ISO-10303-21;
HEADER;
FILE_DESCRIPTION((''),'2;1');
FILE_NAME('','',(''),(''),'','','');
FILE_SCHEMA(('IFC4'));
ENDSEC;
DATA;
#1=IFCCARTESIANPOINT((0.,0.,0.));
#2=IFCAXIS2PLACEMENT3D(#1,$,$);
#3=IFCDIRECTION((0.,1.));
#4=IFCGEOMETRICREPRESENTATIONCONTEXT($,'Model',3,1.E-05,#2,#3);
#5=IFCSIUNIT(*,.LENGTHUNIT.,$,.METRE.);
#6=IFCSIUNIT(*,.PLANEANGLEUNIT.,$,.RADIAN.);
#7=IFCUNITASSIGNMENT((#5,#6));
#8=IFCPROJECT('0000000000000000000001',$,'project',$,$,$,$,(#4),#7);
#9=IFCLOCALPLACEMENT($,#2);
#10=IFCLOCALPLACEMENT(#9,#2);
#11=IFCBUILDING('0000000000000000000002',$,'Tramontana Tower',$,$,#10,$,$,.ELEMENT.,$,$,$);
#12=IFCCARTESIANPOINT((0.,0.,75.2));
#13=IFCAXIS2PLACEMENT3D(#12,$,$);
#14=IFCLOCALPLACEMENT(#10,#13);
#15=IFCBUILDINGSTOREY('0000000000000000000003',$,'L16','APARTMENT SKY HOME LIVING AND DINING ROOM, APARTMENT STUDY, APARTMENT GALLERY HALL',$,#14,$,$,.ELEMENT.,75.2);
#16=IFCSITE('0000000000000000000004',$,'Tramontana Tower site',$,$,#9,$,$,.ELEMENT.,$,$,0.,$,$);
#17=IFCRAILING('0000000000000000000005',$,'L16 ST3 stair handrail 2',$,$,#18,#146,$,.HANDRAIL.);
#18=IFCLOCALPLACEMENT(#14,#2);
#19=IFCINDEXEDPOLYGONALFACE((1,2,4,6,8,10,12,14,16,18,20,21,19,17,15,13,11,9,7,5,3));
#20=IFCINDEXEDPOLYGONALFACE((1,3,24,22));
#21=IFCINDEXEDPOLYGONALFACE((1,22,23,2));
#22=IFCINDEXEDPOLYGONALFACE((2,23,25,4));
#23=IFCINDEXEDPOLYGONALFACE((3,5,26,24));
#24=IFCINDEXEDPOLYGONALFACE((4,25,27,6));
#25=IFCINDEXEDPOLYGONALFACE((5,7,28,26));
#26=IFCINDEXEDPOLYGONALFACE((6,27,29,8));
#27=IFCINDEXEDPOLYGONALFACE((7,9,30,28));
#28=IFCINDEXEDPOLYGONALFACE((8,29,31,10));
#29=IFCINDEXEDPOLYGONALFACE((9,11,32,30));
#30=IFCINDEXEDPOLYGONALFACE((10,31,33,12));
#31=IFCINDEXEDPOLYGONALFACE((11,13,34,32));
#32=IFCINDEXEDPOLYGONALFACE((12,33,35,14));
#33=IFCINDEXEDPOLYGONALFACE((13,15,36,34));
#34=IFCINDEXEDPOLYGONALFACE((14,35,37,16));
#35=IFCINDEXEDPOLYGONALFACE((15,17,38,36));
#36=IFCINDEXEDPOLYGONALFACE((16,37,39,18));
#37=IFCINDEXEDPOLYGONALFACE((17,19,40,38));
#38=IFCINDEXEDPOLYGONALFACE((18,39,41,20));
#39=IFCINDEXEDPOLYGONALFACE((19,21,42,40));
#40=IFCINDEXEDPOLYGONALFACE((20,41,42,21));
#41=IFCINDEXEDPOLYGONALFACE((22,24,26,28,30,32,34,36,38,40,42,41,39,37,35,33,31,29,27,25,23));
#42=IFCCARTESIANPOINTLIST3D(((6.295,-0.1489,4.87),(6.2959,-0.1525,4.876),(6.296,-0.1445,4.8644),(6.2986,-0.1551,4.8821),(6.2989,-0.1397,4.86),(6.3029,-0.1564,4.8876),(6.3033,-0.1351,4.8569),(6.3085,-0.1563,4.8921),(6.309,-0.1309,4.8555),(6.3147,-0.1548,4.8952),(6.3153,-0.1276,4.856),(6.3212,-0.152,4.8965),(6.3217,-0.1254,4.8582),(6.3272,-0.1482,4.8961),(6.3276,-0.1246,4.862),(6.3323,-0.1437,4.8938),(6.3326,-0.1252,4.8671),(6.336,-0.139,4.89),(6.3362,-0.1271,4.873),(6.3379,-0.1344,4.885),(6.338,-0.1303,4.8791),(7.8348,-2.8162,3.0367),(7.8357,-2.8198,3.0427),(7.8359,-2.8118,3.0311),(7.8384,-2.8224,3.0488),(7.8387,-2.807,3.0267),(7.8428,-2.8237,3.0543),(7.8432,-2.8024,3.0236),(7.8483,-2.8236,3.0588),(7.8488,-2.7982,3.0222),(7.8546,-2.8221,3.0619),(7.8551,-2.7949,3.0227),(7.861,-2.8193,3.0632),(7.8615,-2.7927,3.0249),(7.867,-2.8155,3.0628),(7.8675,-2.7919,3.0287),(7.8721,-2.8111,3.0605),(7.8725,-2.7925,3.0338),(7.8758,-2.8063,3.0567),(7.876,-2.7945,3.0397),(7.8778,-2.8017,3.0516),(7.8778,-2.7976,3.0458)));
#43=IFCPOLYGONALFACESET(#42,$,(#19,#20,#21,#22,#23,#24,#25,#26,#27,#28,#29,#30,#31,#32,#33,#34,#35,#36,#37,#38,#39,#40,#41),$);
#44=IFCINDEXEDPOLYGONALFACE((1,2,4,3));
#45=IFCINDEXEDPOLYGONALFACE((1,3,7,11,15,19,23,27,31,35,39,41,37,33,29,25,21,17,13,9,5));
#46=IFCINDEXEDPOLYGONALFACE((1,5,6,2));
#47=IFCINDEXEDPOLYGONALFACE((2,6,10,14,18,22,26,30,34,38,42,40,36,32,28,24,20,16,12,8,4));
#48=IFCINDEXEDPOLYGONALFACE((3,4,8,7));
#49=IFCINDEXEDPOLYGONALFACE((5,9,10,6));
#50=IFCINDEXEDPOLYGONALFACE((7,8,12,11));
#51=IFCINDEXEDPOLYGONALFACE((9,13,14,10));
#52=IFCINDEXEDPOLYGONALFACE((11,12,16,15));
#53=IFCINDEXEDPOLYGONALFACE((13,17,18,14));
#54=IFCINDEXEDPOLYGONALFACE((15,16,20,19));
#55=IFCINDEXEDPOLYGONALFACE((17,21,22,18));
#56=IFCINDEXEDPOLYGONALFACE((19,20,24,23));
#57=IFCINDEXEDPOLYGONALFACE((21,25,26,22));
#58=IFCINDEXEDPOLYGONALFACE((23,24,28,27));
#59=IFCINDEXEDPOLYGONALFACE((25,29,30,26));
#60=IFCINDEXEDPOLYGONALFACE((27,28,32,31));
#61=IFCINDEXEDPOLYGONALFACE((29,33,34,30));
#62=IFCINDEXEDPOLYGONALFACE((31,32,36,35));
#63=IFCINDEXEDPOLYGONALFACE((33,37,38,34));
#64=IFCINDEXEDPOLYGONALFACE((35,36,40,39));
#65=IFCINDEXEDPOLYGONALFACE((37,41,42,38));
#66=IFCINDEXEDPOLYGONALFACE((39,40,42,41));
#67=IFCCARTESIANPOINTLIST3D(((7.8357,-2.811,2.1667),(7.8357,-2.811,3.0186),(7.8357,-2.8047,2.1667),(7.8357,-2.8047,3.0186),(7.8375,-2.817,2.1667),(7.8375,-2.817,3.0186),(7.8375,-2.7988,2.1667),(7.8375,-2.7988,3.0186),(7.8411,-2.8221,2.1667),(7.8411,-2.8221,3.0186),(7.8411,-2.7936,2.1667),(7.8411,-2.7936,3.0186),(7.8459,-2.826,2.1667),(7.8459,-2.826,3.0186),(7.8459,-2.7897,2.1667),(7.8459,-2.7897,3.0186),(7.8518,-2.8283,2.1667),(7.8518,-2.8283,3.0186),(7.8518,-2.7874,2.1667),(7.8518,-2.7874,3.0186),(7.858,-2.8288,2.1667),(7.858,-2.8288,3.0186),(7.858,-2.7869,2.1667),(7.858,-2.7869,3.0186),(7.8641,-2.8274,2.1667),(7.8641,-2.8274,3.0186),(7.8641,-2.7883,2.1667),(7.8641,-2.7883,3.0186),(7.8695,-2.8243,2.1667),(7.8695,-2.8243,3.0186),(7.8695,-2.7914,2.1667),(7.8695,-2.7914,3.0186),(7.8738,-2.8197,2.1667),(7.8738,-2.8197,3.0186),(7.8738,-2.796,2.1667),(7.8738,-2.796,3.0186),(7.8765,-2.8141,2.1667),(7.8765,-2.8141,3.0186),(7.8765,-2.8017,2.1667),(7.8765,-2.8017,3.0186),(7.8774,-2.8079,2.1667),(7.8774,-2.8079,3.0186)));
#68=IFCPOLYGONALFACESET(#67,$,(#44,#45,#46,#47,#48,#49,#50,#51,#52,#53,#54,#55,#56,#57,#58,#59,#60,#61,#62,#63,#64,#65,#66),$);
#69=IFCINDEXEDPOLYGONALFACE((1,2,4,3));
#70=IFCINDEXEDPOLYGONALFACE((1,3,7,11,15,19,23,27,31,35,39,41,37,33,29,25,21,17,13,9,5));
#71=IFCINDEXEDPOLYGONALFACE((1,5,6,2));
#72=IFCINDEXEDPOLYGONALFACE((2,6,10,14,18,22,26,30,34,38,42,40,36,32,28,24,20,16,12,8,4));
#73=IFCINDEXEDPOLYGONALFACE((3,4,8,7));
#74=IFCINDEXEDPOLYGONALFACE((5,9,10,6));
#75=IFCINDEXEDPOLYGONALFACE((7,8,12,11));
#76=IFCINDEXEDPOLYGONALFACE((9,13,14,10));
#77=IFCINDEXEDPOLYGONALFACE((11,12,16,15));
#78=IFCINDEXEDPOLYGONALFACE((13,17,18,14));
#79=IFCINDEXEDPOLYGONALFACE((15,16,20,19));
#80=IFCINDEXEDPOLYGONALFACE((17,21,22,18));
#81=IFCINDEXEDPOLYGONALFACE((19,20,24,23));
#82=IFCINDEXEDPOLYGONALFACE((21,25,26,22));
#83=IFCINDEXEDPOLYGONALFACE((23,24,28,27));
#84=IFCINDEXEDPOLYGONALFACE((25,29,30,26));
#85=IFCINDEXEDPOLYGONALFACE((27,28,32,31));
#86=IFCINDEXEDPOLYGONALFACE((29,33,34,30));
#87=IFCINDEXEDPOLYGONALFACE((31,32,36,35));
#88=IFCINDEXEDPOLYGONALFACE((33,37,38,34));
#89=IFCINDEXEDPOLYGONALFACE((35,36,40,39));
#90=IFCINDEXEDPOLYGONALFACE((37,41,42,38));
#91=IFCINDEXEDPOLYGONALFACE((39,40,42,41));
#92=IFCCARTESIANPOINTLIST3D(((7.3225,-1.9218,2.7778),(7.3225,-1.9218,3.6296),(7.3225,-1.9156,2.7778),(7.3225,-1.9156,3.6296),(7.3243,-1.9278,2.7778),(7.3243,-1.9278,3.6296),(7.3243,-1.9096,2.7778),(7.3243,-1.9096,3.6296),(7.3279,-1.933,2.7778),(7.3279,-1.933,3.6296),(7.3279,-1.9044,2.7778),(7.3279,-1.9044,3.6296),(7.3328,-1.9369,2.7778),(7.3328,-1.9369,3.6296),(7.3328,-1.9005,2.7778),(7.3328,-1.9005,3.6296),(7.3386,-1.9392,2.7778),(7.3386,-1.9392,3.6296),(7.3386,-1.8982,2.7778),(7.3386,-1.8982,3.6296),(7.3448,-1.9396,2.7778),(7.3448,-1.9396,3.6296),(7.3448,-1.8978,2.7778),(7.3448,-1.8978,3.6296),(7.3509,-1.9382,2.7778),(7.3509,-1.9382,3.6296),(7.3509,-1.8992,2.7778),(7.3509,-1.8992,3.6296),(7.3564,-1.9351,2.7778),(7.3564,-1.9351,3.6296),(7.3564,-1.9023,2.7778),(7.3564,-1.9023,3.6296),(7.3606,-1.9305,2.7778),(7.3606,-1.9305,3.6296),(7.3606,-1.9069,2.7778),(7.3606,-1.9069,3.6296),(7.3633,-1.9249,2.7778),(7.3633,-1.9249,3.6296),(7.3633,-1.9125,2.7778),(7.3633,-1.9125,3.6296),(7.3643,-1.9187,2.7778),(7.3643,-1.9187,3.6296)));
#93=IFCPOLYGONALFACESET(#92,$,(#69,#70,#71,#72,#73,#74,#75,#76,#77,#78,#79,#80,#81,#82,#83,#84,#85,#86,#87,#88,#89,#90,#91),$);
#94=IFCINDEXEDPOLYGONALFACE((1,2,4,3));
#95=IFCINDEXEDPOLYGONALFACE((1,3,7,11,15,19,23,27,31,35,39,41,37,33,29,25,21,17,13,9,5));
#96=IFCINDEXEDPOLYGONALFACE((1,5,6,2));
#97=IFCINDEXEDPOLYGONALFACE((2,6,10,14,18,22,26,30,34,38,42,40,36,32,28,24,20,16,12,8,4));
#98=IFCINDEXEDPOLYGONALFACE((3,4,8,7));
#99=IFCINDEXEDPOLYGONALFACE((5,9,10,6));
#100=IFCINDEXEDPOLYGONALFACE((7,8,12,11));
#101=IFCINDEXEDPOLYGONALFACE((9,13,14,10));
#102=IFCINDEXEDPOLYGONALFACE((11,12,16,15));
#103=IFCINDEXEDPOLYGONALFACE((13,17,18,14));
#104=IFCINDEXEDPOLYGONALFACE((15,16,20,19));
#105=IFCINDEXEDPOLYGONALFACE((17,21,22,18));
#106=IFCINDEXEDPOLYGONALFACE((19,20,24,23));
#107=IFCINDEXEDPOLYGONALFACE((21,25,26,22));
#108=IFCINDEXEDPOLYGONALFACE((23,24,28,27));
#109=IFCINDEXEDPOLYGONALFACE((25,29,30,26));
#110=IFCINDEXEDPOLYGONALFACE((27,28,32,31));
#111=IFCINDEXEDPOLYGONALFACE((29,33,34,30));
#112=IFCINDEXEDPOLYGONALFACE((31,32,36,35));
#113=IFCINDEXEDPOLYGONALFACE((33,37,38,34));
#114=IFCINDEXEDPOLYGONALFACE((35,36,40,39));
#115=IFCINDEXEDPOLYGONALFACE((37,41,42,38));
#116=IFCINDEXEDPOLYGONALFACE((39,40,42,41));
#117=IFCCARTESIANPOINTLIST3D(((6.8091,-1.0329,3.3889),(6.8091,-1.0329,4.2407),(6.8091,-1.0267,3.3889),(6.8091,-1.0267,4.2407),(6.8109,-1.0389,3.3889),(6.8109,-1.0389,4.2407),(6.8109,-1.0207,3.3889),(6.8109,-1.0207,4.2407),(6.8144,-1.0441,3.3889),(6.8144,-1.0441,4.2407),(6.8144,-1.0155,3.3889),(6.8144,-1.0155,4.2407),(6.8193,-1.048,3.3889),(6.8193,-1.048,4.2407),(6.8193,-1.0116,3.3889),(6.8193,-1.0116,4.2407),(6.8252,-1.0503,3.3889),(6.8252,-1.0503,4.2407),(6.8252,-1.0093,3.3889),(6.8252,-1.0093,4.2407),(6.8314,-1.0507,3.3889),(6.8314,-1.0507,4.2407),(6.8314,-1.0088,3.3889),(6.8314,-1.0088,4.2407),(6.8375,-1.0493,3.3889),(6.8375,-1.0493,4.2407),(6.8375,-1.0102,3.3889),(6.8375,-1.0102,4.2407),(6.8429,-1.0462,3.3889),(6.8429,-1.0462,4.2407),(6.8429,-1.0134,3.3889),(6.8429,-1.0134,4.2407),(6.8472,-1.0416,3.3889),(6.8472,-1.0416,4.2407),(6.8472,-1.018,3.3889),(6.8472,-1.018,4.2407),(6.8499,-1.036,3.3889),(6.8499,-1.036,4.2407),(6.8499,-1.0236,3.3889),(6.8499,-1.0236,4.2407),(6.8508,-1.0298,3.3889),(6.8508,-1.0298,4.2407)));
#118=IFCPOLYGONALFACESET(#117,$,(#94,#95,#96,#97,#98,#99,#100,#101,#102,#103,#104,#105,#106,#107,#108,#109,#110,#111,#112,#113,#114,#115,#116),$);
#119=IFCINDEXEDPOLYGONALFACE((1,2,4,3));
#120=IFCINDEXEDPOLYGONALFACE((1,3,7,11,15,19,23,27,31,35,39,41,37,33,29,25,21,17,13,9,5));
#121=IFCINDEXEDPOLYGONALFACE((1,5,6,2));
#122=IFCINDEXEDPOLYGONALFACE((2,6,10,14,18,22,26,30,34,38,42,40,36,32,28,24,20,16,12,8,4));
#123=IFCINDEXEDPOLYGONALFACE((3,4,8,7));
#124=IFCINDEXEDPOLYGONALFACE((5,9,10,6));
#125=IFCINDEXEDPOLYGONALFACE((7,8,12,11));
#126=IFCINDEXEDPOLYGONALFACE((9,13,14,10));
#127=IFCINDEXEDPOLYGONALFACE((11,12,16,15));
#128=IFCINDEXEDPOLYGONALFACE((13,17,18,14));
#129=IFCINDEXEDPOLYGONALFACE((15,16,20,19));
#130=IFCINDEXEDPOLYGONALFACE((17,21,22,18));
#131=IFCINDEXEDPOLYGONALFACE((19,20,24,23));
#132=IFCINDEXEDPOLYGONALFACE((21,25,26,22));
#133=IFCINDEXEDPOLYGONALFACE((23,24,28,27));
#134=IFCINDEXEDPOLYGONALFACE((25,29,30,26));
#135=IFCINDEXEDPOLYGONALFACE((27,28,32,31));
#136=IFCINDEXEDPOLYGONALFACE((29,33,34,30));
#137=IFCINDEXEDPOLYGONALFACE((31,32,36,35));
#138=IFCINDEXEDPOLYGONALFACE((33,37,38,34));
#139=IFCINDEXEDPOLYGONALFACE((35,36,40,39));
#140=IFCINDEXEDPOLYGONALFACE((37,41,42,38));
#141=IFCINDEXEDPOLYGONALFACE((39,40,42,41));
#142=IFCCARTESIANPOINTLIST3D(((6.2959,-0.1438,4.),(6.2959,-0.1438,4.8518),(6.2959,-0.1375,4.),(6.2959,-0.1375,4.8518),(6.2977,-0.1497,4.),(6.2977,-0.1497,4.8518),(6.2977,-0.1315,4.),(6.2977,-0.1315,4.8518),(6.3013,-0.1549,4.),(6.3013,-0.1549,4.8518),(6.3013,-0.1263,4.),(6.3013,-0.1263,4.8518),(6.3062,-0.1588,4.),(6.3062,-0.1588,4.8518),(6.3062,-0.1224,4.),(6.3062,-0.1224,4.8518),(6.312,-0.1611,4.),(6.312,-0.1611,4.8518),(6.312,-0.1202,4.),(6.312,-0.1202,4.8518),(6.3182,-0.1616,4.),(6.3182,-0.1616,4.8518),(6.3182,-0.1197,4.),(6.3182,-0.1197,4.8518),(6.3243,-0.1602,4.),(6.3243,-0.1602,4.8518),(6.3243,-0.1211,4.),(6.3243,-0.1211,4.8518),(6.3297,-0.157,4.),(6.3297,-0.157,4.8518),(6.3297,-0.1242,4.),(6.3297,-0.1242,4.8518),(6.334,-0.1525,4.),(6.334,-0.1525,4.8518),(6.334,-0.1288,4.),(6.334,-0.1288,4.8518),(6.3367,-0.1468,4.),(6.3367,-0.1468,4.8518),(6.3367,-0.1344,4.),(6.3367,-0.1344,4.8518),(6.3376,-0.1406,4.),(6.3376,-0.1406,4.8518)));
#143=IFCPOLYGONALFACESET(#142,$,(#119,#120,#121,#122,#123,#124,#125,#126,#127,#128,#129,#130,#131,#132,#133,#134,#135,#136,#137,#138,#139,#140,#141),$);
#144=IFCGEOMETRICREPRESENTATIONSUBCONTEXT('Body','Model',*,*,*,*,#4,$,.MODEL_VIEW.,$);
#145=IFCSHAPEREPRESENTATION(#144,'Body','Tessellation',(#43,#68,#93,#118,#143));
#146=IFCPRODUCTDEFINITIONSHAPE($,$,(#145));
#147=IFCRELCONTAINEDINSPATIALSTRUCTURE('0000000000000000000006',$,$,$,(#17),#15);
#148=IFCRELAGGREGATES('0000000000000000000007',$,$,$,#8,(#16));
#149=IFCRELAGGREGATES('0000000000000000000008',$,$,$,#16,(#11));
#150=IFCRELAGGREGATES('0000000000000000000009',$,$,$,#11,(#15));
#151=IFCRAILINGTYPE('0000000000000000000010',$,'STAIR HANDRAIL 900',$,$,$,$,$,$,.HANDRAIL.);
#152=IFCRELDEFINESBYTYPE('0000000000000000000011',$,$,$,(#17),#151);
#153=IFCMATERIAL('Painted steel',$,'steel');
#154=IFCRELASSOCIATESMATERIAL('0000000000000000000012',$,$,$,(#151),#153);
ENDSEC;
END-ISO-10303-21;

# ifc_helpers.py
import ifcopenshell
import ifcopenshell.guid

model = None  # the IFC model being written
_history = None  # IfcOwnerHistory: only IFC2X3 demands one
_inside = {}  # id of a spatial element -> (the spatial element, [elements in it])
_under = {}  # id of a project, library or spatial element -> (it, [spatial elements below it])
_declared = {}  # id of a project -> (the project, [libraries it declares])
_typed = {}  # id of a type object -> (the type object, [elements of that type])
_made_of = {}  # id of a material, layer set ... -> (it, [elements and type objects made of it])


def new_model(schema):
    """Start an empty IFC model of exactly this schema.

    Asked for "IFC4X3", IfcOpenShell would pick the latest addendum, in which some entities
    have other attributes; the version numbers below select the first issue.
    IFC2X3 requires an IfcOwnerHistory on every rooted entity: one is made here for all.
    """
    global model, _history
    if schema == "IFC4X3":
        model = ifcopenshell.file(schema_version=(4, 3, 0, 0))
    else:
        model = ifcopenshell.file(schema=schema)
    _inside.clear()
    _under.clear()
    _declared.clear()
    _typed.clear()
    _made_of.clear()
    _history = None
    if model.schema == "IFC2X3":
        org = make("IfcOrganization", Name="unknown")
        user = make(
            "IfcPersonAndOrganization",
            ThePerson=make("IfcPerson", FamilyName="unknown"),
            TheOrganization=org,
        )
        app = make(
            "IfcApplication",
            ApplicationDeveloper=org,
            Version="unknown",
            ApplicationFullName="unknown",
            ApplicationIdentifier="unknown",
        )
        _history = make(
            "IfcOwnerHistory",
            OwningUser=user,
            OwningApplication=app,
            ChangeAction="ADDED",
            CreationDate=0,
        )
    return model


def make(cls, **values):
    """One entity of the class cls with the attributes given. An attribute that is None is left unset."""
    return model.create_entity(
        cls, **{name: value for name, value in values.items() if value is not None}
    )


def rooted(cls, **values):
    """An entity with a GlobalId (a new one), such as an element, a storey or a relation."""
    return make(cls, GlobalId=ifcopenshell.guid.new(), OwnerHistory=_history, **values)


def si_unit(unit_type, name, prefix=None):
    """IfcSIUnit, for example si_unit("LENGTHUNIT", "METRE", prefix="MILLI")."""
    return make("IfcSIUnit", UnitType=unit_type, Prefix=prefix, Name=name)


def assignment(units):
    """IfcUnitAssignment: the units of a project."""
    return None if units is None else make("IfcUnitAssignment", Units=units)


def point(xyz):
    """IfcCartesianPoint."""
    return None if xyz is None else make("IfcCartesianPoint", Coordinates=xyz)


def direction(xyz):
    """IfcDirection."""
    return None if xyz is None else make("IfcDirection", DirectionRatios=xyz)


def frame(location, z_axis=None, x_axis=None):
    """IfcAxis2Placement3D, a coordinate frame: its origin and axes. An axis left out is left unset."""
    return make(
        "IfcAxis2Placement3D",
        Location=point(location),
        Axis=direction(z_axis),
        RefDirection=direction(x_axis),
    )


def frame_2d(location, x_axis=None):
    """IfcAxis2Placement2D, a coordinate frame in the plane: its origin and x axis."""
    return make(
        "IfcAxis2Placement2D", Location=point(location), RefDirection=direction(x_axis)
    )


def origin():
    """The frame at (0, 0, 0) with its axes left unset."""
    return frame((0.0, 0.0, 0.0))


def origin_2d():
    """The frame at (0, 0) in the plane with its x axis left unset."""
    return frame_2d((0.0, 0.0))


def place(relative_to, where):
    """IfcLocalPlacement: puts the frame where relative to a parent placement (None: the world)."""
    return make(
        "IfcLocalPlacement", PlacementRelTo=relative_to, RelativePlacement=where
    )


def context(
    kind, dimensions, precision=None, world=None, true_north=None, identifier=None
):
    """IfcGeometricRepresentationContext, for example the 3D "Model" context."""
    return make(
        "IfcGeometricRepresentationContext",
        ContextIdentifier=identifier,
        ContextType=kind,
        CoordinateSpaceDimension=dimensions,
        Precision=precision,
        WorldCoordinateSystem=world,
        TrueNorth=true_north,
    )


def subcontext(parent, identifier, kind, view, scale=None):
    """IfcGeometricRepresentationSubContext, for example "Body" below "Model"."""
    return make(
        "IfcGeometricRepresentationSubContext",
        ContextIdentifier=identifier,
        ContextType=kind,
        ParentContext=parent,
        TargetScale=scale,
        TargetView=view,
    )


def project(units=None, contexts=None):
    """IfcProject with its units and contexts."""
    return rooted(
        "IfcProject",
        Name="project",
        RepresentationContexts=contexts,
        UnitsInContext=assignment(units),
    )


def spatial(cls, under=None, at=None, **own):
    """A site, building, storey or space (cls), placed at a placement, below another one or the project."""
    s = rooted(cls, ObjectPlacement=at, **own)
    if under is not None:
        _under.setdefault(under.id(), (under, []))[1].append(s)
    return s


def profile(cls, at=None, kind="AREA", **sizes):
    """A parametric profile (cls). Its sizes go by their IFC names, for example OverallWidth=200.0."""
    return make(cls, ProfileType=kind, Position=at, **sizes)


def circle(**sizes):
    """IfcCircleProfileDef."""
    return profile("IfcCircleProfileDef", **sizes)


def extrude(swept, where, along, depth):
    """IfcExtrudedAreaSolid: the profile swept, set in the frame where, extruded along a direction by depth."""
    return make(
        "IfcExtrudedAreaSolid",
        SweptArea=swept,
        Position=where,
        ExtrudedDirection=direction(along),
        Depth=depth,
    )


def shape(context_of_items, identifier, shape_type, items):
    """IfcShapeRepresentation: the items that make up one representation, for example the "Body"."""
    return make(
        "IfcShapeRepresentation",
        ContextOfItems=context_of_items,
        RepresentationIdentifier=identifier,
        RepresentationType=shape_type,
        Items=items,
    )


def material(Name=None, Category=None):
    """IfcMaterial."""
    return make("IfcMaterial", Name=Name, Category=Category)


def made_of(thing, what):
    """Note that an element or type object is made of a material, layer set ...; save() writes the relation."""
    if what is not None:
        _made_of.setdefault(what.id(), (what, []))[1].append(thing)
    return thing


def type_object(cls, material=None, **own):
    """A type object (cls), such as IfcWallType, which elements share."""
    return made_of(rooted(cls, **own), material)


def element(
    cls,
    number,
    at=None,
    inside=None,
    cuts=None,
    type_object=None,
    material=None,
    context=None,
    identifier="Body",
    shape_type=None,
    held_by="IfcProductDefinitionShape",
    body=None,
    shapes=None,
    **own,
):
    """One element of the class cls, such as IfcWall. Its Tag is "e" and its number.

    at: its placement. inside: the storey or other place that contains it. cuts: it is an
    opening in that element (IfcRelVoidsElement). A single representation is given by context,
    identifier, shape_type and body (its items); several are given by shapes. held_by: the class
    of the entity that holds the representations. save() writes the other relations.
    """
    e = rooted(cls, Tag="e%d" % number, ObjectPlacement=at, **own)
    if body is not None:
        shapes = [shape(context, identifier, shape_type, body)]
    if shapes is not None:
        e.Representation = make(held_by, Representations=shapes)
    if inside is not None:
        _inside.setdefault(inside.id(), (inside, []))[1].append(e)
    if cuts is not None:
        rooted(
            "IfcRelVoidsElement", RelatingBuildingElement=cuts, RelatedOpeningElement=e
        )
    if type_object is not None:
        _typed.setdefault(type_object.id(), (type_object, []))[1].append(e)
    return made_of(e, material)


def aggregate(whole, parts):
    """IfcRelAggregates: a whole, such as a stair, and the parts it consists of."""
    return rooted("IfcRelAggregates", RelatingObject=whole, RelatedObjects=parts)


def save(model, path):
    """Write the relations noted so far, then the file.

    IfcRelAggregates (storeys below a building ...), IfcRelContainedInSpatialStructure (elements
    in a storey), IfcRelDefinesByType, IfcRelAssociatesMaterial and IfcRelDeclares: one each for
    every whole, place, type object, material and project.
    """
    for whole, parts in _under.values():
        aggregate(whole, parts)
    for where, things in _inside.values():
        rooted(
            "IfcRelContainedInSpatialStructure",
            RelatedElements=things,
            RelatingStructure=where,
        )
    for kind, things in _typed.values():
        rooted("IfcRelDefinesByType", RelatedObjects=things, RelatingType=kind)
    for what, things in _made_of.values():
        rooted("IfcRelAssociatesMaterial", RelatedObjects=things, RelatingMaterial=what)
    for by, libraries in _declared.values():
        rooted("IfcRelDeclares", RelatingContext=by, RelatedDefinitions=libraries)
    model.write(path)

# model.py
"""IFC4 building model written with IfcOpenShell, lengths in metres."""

from ifc_helpers import new_model, si_unit, direction, frame, origin, origin_2d, place, context, subcontext, project, spatial, circle, extrude, material, type_object, element, save


model = new_model("IFC4")

# Units and contexts
model_context = context("Model", 3, precision=1e-05, world=origin(), true_north=direction((0.0, 1.0)))
body_context = subcontext(model_context, "Body", "Model", "MODEL_VIEW")
ifc_project = project(units=[si_unit("LENGTHUNIT", "METRE"), si_unit("PLANEANGLEUNIT", "RADIAN")], contexts=[model_context])

# Site, building, storey
site_placement = place(None, origin())
site = spatial("IfcSite", under=ifc_project, at=site_placement, Name="Tramontana Tower site", CompositionType="ELEMENT", RefElevation=0.0)
building_placement = place(site_placement, origin())
building = spatial("IfcBuilding", under=site, at=building_placement, Name="Tramontana Tower", CompositionType="ELEMENT")
storey_placement = place(building_placement, frame((0.0, 0.0, 75.2)))
storey = spatial("IfcBuildingStorey", under=building, at=storey_placement, Name="L16", Description="APARTMENT SKY HOME LIVING AND DINING ROOM, APARTMENT STUDY, APARTMENT GALLERY HALL", CompositionType="ELEMENT", Elevation=75.2)

# Railing
ifc_material_1 = material(Name="Painted steel", Category="steel")
railing_type_1 = type_object("IfcRailingType", Name="STAIR HANDRAIL 900", PredefinedType="HANDRAIL", material=ifc_material_1)
railing_1_placement = place(storey_placement, frame((7.8564, -2.8079, 2.1667)))
element("IfcRailing", 1, at=railing_1_placement, inside=storey, type_object=railing_type_1, Name="L16 ST3 stair handrail 2", PredefinedType="HANDRAIL", context=body_context, shape_type="SweptSolid", body=[
    extrude(circle(Radius=0.0239, at=origin_2d()), frame((0.0, 0.0, 0.876), z_axis=(-0.429616, 0.744181, 0.511493), x_axis=(-0.866044, -0.499967, 0.0)), (0.0, 0.0, 1.0), 3.5842),
    extrude(circle(Radius=0.021, at=origin_2d()), origin(), (0.0, 0.0, 1.0), 0.8518),
    extrude(circle(Radius=0.021, at=origin_2d()), frame((-0.5132, 0.8892, 0.6111)), (0.0, 0.0, 1.0), 0.8518),
    extrude(circle(Radius=0.021, at=origin_2d()), frame((-1.0266, 1.7781, 1.2222)), (0.0, 0.0, 1.0), 0.8518),
    extrude(circle(Radius=0.021, at=origin_2d()), frame((-1.5398, 2.6672, 1.8333)), (0.0, 0.0, 1.0), 0.8518),
])

save(model, "model.ifc")
